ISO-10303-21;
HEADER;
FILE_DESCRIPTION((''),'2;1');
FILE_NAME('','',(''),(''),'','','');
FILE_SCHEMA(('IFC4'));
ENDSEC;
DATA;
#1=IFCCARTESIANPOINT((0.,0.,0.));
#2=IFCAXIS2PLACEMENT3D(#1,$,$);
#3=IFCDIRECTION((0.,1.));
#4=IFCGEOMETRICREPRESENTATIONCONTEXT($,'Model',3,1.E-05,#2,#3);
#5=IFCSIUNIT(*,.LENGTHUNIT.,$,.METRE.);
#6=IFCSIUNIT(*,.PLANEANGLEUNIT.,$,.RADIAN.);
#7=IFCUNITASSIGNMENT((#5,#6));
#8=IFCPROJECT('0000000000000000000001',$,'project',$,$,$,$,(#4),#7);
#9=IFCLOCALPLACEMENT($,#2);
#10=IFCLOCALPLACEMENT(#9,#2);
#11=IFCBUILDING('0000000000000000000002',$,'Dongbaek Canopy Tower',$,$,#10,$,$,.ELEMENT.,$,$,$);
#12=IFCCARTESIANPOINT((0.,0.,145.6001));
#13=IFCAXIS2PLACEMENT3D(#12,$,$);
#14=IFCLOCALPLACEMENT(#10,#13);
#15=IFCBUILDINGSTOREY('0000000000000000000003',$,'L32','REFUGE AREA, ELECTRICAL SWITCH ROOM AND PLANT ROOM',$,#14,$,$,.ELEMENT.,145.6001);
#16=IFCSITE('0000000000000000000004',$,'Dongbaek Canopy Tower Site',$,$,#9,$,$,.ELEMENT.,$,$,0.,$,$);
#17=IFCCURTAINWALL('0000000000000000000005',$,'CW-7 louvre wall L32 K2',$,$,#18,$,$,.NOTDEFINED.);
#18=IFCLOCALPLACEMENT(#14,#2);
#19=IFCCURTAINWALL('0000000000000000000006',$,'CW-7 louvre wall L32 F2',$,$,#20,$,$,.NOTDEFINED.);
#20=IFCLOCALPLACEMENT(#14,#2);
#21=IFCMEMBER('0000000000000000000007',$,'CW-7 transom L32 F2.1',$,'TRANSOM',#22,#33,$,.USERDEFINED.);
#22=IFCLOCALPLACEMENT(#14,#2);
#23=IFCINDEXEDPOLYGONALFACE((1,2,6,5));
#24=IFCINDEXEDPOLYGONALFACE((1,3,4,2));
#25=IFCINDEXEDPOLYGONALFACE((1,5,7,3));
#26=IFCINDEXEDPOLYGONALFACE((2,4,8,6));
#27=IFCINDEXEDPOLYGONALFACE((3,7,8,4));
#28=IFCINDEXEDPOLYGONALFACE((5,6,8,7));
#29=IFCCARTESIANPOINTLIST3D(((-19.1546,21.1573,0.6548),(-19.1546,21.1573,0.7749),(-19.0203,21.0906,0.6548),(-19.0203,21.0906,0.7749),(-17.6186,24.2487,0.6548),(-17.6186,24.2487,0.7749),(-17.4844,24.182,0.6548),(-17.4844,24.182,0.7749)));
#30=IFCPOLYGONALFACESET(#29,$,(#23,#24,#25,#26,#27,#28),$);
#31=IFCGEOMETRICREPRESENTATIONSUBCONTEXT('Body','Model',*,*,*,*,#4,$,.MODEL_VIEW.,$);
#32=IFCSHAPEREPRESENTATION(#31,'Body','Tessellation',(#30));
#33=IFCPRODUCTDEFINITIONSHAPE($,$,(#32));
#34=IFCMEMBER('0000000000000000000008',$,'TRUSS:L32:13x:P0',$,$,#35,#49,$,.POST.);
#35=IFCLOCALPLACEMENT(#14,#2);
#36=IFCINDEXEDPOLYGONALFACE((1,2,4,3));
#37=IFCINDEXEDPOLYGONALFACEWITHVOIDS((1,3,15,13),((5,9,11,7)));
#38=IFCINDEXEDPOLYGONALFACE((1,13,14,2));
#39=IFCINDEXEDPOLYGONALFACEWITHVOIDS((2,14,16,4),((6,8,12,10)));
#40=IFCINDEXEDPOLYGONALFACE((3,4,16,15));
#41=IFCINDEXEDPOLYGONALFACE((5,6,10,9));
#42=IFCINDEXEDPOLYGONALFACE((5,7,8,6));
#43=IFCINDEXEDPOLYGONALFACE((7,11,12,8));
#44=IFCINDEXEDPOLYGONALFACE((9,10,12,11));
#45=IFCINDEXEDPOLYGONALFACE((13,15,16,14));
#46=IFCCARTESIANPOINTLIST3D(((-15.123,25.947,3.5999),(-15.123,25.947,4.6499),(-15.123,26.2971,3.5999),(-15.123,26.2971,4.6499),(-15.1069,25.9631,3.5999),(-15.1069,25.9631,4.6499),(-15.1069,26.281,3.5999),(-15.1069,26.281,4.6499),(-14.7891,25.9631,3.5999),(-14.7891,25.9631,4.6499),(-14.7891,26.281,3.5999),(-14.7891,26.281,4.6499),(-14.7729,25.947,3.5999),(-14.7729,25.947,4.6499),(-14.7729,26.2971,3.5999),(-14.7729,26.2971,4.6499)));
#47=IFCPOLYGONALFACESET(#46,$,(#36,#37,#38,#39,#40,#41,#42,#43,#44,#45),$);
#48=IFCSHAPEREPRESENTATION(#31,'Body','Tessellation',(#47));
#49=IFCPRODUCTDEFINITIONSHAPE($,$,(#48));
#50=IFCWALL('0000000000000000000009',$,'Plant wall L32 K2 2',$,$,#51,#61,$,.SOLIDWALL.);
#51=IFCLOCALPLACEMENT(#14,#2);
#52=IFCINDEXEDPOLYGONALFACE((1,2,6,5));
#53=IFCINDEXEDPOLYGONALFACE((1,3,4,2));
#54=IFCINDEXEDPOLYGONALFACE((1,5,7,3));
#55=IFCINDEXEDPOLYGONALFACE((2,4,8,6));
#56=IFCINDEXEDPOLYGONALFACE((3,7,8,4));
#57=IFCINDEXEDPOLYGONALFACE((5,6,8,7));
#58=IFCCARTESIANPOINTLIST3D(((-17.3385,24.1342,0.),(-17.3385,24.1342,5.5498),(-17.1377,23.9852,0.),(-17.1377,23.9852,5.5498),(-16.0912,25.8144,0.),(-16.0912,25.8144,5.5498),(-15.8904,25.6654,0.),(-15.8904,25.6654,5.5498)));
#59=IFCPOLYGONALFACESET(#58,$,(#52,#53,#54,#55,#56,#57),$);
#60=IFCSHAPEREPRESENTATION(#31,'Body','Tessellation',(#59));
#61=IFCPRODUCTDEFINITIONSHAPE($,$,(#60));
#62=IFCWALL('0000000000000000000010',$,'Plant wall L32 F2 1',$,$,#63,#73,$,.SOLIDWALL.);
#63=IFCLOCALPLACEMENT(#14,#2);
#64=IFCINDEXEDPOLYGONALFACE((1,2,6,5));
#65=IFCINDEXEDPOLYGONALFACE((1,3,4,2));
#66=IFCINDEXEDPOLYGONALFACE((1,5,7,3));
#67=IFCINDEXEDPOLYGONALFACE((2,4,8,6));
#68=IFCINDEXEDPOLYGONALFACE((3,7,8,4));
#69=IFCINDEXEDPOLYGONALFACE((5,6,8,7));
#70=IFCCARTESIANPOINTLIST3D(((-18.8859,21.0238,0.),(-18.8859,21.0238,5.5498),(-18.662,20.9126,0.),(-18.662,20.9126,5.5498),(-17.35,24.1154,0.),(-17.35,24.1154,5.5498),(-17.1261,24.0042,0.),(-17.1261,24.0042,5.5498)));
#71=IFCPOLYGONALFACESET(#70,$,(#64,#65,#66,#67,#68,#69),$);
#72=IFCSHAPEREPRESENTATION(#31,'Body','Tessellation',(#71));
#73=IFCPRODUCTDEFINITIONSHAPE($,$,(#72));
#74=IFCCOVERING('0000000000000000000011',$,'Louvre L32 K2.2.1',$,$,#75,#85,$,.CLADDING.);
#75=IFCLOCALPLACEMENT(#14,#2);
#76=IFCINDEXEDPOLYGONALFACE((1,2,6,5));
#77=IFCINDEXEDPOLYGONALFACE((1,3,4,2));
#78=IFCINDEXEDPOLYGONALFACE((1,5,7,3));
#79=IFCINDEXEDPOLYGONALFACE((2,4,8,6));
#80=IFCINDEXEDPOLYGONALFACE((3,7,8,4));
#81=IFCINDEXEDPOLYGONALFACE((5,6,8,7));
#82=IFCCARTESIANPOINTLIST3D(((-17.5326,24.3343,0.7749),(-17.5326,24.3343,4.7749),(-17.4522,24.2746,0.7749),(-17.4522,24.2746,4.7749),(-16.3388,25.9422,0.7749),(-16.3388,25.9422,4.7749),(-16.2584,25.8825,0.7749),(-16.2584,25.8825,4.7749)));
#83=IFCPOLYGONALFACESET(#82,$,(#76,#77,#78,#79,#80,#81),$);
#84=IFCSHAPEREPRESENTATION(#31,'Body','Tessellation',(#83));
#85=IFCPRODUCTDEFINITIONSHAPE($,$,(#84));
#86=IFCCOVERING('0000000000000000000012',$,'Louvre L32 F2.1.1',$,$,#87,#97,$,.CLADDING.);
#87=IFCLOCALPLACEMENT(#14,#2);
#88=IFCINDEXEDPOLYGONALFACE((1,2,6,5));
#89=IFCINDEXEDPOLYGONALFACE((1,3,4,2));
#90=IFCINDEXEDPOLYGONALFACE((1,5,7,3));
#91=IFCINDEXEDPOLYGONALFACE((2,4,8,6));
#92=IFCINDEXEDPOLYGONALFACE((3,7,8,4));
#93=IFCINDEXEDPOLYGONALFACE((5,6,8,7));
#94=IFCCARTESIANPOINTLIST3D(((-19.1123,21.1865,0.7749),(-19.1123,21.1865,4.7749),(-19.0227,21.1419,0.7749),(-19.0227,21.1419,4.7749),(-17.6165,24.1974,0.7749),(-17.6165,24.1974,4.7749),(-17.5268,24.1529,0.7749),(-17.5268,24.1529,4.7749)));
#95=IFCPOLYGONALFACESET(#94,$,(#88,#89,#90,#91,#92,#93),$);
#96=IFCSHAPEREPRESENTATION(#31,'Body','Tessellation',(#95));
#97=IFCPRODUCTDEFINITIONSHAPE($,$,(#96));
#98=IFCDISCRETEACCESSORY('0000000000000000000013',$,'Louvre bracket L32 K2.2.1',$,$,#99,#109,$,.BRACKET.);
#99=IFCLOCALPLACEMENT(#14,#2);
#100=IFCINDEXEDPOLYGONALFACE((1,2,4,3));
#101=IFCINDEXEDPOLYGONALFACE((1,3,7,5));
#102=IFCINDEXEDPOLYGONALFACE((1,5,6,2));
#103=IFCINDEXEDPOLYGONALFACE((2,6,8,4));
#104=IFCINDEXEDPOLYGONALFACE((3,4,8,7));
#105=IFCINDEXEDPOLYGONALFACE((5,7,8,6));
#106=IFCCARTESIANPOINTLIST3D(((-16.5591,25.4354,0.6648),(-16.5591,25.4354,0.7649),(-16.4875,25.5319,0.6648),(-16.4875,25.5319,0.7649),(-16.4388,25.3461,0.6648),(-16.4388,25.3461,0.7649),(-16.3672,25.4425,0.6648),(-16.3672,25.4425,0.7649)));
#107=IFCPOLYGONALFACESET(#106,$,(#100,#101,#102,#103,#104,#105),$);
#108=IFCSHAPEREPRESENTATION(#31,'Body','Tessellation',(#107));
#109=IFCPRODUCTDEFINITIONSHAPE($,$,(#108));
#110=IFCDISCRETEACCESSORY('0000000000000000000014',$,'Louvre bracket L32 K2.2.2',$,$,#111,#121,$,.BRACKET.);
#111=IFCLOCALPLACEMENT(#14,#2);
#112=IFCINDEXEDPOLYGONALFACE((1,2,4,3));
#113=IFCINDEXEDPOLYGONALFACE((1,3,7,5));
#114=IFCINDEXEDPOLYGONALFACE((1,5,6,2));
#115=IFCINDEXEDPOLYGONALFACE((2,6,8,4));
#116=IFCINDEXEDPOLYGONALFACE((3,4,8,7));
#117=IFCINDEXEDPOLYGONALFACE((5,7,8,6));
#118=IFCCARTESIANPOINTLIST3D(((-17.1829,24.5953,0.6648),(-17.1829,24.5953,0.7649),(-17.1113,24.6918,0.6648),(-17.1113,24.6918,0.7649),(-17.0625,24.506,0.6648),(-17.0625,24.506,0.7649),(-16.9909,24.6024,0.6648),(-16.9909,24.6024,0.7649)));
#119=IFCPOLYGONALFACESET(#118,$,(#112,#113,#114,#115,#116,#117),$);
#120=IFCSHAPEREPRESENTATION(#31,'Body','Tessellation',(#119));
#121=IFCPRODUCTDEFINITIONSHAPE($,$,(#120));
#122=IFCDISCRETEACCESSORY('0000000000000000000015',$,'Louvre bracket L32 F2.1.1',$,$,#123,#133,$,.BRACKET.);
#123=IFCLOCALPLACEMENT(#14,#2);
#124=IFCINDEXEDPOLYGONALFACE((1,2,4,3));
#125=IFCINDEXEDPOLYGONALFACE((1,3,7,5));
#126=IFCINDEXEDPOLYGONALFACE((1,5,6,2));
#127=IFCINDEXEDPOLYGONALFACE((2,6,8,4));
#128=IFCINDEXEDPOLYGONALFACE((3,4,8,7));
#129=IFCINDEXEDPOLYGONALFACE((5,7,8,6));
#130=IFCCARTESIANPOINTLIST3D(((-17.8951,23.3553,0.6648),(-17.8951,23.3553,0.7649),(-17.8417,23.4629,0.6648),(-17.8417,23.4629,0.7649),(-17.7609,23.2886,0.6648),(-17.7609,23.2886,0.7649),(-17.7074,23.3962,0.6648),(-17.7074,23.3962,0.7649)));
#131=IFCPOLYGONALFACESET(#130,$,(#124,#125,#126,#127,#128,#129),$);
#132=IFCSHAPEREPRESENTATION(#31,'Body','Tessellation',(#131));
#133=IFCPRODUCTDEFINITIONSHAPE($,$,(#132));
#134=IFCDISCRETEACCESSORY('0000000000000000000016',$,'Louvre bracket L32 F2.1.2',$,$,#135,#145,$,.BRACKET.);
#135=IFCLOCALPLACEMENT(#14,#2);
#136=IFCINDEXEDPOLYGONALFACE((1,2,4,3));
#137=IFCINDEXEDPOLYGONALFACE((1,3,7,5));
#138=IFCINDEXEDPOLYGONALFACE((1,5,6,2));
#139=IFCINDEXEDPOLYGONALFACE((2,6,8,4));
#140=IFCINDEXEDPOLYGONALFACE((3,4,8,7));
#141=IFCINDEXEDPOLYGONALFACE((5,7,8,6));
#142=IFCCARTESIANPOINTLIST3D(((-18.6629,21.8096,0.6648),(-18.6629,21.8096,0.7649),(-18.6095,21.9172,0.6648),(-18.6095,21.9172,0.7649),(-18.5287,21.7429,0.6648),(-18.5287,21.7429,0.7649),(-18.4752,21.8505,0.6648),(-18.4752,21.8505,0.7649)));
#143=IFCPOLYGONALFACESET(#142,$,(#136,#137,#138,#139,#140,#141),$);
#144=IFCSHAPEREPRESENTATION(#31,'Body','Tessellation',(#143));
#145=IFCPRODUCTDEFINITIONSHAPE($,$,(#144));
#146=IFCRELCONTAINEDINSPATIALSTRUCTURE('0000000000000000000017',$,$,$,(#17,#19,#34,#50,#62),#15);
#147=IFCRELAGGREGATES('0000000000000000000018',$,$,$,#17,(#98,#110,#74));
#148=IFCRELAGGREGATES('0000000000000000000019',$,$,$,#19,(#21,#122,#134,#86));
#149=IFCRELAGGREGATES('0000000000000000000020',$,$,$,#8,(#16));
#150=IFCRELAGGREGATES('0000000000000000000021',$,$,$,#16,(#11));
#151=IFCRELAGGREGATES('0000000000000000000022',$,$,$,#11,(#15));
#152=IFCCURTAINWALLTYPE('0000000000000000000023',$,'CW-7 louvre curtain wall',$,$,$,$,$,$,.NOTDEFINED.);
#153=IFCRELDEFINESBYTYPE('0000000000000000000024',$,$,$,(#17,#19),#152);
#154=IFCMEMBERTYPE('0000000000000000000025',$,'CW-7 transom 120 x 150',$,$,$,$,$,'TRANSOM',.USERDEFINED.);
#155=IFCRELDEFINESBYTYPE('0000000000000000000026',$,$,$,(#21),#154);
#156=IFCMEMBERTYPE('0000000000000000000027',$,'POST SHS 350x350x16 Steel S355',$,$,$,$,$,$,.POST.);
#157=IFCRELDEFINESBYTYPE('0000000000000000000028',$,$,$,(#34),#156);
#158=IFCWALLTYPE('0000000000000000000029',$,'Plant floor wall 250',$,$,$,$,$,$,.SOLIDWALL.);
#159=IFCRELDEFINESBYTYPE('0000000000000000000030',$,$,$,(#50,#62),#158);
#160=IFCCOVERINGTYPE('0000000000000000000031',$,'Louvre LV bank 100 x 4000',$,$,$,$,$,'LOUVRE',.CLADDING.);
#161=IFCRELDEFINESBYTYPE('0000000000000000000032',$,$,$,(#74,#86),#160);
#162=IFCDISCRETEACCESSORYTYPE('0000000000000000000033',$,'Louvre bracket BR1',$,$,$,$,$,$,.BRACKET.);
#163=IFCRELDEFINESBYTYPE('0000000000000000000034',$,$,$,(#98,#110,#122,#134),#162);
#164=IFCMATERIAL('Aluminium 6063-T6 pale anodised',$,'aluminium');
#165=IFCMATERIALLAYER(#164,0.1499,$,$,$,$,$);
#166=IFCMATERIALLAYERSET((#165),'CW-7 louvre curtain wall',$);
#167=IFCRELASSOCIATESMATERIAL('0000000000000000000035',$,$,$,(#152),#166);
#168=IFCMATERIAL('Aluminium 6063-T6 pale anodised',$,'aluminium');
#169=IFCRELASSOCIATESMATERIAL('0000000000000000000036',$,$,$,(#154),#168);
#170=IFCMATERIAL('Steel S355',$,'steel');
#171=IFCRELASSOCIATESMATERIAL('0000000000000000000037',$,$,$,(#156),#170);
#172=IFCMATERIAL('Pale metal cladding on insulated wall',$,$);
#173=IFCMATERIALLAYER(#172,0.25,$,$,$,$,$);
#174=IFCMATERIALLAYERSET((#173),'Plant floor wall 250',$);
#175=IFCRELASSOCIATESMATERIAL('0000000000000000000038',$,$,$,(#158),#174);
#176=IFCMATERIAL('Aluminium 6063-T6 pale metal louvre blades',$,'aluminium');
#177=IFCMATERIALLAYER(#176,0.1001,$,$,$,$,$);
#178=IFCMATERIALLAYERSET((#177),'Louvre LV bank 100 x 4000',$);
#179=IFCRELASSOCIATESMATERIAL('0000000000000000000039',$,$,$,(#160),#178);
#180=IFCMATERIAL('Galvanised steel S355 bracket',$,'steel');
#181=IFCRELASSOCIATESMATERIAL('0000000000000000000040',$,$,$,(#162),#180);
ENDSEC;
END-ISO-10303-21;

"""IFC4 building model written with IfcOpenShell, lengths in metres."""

from ifc_helpers import new_model, si_unit, direction, frame, frame_2d, origin, origin_2d, place, context, subcontext, project, spatial, rectangle, hollow_rectangle, extrude, material, layer, layer_set, material_profile, profile_set, type_object, element, aggregate, save


model = new_model("IFC4")

# Units and contexts
model_context = context("Model", 3, precision=1e-05, world=origin(), true_north=direction((0.0, 1.0)))
body_context = subcontext(model_context, "Body", "Model", "MODEL_VIEW")
ifc_project = project(units=[si_unit("LENGTHUNIT", "METRE"), si_unit("PLANEANGLEUNIT", "RADIAN")], contexts=[model_context])

# Site, building, storey
site_placement = place(None, origin())
site = spatial("IfcSite", under=ifc_project, at=site_placement, Name="Dongbaek Canopy Tower Site", CompositionType="ELEMENT", RefElevation=0.0)
building_placement = place(site_placement, origin())
building = spatial("IfcBuilding", under=site, at=building_placement, Name="Dongbaek Canopy Tower", CompositionType="ELEMENT")
storey_placement = place(building_placement, frame((0.0, 0.0, 145.6001)))
storey = spatial("IfcBuildingStorey", under=building, at=storey_placement, Name="L32", Description="REFUGE AREA, ELECTRICAL SWITCH ROOM AND PLANT ROOM", CompositionType="ELEMENT", Elevation=145.6001)

# Curtain wall
ifc_material_1 = material(Name="Aluminium 6063-T6 pale anodised", Category="aluminium")
ifc_layer_1 = layer(ifc_material_1, 0.1499)
ifc_layer_set_1 = layer_set([ifc_layer_1], Name="CW-7 louvre curtain wall")
curtain_wall_type = type_object("IfcCurtainWallType", Name="CW-7 louvre curtain wall", PredefinedType="NOTDEFINED", material=ifc_layer_set_1)
curtain_wall_1_placement = place(storey_placement, origin())
curtain_wall_1 = element("IfcCurtainWall", 1, at=curtain_wall_1_placement, inside=storey, type_object=curtain_wall_type, Name="CW-7 louvre wall L32 K2", PredefinedType="NOTDEFINED")

# Curtain wall
curtain_wall_2_placement = place(storey_placement, origin())
curtain_wall_2 = element("IfcCurtainWall", 2, at=curtain_wall_2_placement, inside=storey, type_object=curtain_wall_type, Name="CW-7 louvre wall L32 F2", PredefinedType="NOTDEFINED")

# Members
ifc_material_2 = material(Name="Aluminium 6063-T6 pale anodised", Category="aluminium")
ifc_material_profile_1 = material_profile(ifc_material_2, rectangle(XDim=0.1499, YDim=0.1201, at=origin_2d()), Name="CW-7 transom 120 x 150")
ifc_profile_set_1 = profile_set([ifc_material_profile_1], Name="Aluminium 6063-T6 pale anodised")
member_type_1 = type_object("IfcMemberType", Name="CW-7 transom 120 x 150", ElementType="TRANSOM", PredefinedType="USERDEFINED", material=ifc_profile_set_1)
member_1_placement = place(storey_placement, frame((-17.5515, 24.2153, 0.7148), z_axis=(-0.444949, -0.895556, 0.0), x_axis=(0.895556, -0.444949, 0.0)))
member_1 = element("IfcMember", 3, at=member_1_placement, type_object=member_type_1, Name="CW-7 transom L32 F2.1", ObjectType="TRANSOM", PredefinedType="USERDEFINED", context=body_context, shape_type="SweptSolid", body=[
    extrude(rectangle(XDim=0.1499, YDim=0.1201, at=origin_2d()), origin(), (0.0, 0.0, 1.0), 3.4519),
])
ifc_material_3 = material(Name="Steel S355", Category="steel")
ifc_material_profile_2 = material_profile(ifc_material_3, hollow_rectangle(XDim=0.3501, YDim=0.3501, WallThickness=0.0161, at=origin_2d()), Name="POST SHS 350x350x16 Steel S355")
ifc_profile_set_2 = profile_set([ifc_material_profile_2], Name="Steel S355")
member_type_2 = type_object("IfcMemberType", Name="POST SHS 350x350x16 Steel S355", PredefinedType="POST", material=ifc_profile_set_2)
member_2_placement = place(storey_placement, frame((-14.948, 26.1221, 3.5999), z_axis=(0.0, 0.0, 1.0), x_axis=(1.0, 0.0, 0.0)))
element("IfcMember", 4, at=member_2_placement, inside=storey, type_object=member_type_2, Name="TRUSS:L32:13x:P0", PredefinedType="POST", context=body_context, shape_type="SweptSolid", body=[
    extrude(hollow_rectangle(XDim=0.3501, YDim=0.3501, WallThickness=0.0161, at=origin_2d()), origin(), (0.0, 0.0, 1.0), 1.05),
])

# Walls
ifc_material_4 = material(Name="Pale metal cladding on insulated wall")
ifc_layer_2 = layer(ifc_material_4, 0.25)
ifc_layer_set_2 = layer_set([ifc_layer_2], Name="Plant floor wall 250")
wall_type = type_object("IfcWallType", Name="Plant floor wall 250", PredefinedType="SOLIDWALL", material=ifc_layer_set_2)
wall_1_placement = place(storey_placement, frame((-15.9907, 25.74, 0.0), z_axis=(0.0, 0.0, 1.0), x_axis=(-0.596073, -0.802931, 0.0)))
element("IfcWall", 5, at=wall_1_placement, inside=storey, type_object=wall_type, Name="Plant wall L32 K2 2", PredefinedType="SOLIDWALL", context=body_context, shape_type="SweptSolid", body=[
    extrude(rectangle(XDim=2.0925, YDim=0.25, at=frame_2d((1.0464, 0.0))), origin(), (0.0, 0.0, 1.0), 5.5498),
])
wall_2_placement = place(storey_placement, frame((-17.238, 24.0598, 0.0), z_axis=(0.0, 0.0, 1.0), x_axis=(-0.444921, -0.89557, 0.0)))
element("IfcWall", 6, at=wall_2_placement, inside=storey, type_object=wall_type, Name="Plant wall L32 F2 1", PredefinedType="SOLIDWALL", context=body_context, shape_type="SweptSolid", body=[
    extrude(rectangle(XDim=3.4521, YDim=0.25, at=frame_2d((1.7261, 0.0))), origin(), (0.0, 0.0, 1.0), 5.5498),
])

# Coverings
ifc_material_5 = material(Name="Aluminium 6063-T6 pale metal louvre blades", Category="aluminium")
ifc_layer_3 = layer(ifc_material_5, 0.1001)
ifc_layer_set_3 = layer_set([ifc_layer_3], Name="Louvre LV bank 100 x 4000")
covering_type = type_object("IfcCoveringType", Name="Louvre LV bank 100 x 4000", ElementType="LOUVRE", PredefinedType="CLADDING", material=ifc_layer_set_3)
covering_1_placement = place(storey_placement, frame((-16.8955, 25.1084, 0.7749), z_axis=(0.0, 0.0, 1.0), x_axis=(-0.596112, -0.802901, 0.0)))
covering_1 = element("IfcCovering", 7, at=covering_1_placement, type_object=covering_type, Name="Louvre L32 K2.2.1", PredefinedType="CLADDING", context=body_context, shape_type="SweptSolid", body=[
    extrude(rectangle(XDim=2.0027, YDim=0.1001, at=origin_2d()), origin(), (0.0, 0.0, 1.0), 4.0),
])
covering_2_placement = place(storey_placement, frame((-18.3196, 22.6697, 0.7749), z_axis=(0.0, 0.0, 1.0), x_axis=(-0.444929, -0.895566, 0.0)))
covering_2 = element("IfcCovering", 8, at=covering_2_placement, type_object=covering_type, Name="Louvre L32 F2.1.1", PredefinedType="CLADDING", context=body_context, shape_type="SweptSolid", body=[
    extrude(rectangle(XDim=3.3621, YDim=0.1001, at=origin_2d()), origin(), (0.0, 0.0, 1.0), 4.0),
])

# Discrete accessories
ifc_material_6 = material(Name="Galvanised steel S355 bracket", Category="steel")
discrete_accessory_type = type_object("IfcDiscreteAccessoryType", Name="Louvre bracket BR1", PredefinedType="BRACKET", material=ifc_material_6)
discrete_accessory_1_placement = place(storey_placement, frame((-16.4631, 25.439, 0.6648), z_axis=(0.0, 0.0, 1.0), x_axis=(-0.596112, -0.802901, 0.0)))
discrete_accessory_1 = element("IfcDiscreteAccessory", 9, at=discrete_accessory_1_placement, type_object=discrete_accessory_type, Name="Louvre bracket L32 K2.2.1", PredefinedType="BRACKET", context=body_context, shape_type="SweptSolid", body=[
    extrude(rectangle(XDim=0.1201, YDim=0.1499, at=origin_2d()), origin(), (0.0, 0.0, 1.0), 0.1001),
])
discrete_accessory_2_placement = place(storey_placement, frame((-17.0869, 24.5989, 0.6648), z_axis=(0.0, 0.0, 1.0), x_axis=(-0.596112, -0.802901, 0.0)))
discrete_accessory_2 = element("IfcDiscreteAccessory", 10, at=discrete_accessory_2_placement, type_object=discrete_accessory_type, Name="Louvre bracket L32 K2.2.2", PredefinedType="BRACKET", context=body_context, shape_type="SweptSolid", body=[
    extrude(rectangle(XDim=0.1201, YDim=0.1499, at=origin_2d()), origin(), (0.0, 0.0, 1.0), 0.1001),
])
aggregate(curtain_wall_1, [discrete_accessory_1, discrete_accessory_2, covering_1])
discrete_accessory_3_placement = place(storey_placement, frame((-17.8013, 23.3757, 0.6648), z_axis=(0.0, 0.0, 1.0), x_axis=(-0.444929, -0.895566, 0.0)))
discrete_accessory_3 = element("IfcDiscreteAccessory", 11, at=discrete_accessory_3_placement, type_object=discrete_accessory_type, Name="Louvre bracket L32 F2.1.1", PredefinedType="BRACKET", context=body_context, shape_type="SweptSolid", body=[
    extrude(rectangle(XDim=0.1201, YDim=0.1499, at=origin_2d()), origin(), (0.0, 0.0, 1.0), 0.1001),
])
discrete_accessory_4_placement = place(storey_placement, frame((-18.5691, 21.8301, 0.6648), z_axis=(0.0, 0.0, 1.0), x_axis=(-0.444929, -0.895566, 0.0)))
discrete_accessory_4 = element("IfcDiscreteAccessory", 12, at=discrete_accessory_4_placement, type_object=discrete_accessory_type, Name="Louvre bracket L32 F2.1.2", PredefinedType="BRACKET", context=body_context, shape_type="SweptSolid", body=[
    extrude(rectangle(XDim=0.1201, YDim=0.1499, at=origin_2d()), origin(), (0.0, 0.0, 1.0), 0.1001),
])
aggregate(curtain_wall_2, [member_1, discrete_accessory_3, discrete_accessory_4, covering_2])

save(model, "model.ifc")
